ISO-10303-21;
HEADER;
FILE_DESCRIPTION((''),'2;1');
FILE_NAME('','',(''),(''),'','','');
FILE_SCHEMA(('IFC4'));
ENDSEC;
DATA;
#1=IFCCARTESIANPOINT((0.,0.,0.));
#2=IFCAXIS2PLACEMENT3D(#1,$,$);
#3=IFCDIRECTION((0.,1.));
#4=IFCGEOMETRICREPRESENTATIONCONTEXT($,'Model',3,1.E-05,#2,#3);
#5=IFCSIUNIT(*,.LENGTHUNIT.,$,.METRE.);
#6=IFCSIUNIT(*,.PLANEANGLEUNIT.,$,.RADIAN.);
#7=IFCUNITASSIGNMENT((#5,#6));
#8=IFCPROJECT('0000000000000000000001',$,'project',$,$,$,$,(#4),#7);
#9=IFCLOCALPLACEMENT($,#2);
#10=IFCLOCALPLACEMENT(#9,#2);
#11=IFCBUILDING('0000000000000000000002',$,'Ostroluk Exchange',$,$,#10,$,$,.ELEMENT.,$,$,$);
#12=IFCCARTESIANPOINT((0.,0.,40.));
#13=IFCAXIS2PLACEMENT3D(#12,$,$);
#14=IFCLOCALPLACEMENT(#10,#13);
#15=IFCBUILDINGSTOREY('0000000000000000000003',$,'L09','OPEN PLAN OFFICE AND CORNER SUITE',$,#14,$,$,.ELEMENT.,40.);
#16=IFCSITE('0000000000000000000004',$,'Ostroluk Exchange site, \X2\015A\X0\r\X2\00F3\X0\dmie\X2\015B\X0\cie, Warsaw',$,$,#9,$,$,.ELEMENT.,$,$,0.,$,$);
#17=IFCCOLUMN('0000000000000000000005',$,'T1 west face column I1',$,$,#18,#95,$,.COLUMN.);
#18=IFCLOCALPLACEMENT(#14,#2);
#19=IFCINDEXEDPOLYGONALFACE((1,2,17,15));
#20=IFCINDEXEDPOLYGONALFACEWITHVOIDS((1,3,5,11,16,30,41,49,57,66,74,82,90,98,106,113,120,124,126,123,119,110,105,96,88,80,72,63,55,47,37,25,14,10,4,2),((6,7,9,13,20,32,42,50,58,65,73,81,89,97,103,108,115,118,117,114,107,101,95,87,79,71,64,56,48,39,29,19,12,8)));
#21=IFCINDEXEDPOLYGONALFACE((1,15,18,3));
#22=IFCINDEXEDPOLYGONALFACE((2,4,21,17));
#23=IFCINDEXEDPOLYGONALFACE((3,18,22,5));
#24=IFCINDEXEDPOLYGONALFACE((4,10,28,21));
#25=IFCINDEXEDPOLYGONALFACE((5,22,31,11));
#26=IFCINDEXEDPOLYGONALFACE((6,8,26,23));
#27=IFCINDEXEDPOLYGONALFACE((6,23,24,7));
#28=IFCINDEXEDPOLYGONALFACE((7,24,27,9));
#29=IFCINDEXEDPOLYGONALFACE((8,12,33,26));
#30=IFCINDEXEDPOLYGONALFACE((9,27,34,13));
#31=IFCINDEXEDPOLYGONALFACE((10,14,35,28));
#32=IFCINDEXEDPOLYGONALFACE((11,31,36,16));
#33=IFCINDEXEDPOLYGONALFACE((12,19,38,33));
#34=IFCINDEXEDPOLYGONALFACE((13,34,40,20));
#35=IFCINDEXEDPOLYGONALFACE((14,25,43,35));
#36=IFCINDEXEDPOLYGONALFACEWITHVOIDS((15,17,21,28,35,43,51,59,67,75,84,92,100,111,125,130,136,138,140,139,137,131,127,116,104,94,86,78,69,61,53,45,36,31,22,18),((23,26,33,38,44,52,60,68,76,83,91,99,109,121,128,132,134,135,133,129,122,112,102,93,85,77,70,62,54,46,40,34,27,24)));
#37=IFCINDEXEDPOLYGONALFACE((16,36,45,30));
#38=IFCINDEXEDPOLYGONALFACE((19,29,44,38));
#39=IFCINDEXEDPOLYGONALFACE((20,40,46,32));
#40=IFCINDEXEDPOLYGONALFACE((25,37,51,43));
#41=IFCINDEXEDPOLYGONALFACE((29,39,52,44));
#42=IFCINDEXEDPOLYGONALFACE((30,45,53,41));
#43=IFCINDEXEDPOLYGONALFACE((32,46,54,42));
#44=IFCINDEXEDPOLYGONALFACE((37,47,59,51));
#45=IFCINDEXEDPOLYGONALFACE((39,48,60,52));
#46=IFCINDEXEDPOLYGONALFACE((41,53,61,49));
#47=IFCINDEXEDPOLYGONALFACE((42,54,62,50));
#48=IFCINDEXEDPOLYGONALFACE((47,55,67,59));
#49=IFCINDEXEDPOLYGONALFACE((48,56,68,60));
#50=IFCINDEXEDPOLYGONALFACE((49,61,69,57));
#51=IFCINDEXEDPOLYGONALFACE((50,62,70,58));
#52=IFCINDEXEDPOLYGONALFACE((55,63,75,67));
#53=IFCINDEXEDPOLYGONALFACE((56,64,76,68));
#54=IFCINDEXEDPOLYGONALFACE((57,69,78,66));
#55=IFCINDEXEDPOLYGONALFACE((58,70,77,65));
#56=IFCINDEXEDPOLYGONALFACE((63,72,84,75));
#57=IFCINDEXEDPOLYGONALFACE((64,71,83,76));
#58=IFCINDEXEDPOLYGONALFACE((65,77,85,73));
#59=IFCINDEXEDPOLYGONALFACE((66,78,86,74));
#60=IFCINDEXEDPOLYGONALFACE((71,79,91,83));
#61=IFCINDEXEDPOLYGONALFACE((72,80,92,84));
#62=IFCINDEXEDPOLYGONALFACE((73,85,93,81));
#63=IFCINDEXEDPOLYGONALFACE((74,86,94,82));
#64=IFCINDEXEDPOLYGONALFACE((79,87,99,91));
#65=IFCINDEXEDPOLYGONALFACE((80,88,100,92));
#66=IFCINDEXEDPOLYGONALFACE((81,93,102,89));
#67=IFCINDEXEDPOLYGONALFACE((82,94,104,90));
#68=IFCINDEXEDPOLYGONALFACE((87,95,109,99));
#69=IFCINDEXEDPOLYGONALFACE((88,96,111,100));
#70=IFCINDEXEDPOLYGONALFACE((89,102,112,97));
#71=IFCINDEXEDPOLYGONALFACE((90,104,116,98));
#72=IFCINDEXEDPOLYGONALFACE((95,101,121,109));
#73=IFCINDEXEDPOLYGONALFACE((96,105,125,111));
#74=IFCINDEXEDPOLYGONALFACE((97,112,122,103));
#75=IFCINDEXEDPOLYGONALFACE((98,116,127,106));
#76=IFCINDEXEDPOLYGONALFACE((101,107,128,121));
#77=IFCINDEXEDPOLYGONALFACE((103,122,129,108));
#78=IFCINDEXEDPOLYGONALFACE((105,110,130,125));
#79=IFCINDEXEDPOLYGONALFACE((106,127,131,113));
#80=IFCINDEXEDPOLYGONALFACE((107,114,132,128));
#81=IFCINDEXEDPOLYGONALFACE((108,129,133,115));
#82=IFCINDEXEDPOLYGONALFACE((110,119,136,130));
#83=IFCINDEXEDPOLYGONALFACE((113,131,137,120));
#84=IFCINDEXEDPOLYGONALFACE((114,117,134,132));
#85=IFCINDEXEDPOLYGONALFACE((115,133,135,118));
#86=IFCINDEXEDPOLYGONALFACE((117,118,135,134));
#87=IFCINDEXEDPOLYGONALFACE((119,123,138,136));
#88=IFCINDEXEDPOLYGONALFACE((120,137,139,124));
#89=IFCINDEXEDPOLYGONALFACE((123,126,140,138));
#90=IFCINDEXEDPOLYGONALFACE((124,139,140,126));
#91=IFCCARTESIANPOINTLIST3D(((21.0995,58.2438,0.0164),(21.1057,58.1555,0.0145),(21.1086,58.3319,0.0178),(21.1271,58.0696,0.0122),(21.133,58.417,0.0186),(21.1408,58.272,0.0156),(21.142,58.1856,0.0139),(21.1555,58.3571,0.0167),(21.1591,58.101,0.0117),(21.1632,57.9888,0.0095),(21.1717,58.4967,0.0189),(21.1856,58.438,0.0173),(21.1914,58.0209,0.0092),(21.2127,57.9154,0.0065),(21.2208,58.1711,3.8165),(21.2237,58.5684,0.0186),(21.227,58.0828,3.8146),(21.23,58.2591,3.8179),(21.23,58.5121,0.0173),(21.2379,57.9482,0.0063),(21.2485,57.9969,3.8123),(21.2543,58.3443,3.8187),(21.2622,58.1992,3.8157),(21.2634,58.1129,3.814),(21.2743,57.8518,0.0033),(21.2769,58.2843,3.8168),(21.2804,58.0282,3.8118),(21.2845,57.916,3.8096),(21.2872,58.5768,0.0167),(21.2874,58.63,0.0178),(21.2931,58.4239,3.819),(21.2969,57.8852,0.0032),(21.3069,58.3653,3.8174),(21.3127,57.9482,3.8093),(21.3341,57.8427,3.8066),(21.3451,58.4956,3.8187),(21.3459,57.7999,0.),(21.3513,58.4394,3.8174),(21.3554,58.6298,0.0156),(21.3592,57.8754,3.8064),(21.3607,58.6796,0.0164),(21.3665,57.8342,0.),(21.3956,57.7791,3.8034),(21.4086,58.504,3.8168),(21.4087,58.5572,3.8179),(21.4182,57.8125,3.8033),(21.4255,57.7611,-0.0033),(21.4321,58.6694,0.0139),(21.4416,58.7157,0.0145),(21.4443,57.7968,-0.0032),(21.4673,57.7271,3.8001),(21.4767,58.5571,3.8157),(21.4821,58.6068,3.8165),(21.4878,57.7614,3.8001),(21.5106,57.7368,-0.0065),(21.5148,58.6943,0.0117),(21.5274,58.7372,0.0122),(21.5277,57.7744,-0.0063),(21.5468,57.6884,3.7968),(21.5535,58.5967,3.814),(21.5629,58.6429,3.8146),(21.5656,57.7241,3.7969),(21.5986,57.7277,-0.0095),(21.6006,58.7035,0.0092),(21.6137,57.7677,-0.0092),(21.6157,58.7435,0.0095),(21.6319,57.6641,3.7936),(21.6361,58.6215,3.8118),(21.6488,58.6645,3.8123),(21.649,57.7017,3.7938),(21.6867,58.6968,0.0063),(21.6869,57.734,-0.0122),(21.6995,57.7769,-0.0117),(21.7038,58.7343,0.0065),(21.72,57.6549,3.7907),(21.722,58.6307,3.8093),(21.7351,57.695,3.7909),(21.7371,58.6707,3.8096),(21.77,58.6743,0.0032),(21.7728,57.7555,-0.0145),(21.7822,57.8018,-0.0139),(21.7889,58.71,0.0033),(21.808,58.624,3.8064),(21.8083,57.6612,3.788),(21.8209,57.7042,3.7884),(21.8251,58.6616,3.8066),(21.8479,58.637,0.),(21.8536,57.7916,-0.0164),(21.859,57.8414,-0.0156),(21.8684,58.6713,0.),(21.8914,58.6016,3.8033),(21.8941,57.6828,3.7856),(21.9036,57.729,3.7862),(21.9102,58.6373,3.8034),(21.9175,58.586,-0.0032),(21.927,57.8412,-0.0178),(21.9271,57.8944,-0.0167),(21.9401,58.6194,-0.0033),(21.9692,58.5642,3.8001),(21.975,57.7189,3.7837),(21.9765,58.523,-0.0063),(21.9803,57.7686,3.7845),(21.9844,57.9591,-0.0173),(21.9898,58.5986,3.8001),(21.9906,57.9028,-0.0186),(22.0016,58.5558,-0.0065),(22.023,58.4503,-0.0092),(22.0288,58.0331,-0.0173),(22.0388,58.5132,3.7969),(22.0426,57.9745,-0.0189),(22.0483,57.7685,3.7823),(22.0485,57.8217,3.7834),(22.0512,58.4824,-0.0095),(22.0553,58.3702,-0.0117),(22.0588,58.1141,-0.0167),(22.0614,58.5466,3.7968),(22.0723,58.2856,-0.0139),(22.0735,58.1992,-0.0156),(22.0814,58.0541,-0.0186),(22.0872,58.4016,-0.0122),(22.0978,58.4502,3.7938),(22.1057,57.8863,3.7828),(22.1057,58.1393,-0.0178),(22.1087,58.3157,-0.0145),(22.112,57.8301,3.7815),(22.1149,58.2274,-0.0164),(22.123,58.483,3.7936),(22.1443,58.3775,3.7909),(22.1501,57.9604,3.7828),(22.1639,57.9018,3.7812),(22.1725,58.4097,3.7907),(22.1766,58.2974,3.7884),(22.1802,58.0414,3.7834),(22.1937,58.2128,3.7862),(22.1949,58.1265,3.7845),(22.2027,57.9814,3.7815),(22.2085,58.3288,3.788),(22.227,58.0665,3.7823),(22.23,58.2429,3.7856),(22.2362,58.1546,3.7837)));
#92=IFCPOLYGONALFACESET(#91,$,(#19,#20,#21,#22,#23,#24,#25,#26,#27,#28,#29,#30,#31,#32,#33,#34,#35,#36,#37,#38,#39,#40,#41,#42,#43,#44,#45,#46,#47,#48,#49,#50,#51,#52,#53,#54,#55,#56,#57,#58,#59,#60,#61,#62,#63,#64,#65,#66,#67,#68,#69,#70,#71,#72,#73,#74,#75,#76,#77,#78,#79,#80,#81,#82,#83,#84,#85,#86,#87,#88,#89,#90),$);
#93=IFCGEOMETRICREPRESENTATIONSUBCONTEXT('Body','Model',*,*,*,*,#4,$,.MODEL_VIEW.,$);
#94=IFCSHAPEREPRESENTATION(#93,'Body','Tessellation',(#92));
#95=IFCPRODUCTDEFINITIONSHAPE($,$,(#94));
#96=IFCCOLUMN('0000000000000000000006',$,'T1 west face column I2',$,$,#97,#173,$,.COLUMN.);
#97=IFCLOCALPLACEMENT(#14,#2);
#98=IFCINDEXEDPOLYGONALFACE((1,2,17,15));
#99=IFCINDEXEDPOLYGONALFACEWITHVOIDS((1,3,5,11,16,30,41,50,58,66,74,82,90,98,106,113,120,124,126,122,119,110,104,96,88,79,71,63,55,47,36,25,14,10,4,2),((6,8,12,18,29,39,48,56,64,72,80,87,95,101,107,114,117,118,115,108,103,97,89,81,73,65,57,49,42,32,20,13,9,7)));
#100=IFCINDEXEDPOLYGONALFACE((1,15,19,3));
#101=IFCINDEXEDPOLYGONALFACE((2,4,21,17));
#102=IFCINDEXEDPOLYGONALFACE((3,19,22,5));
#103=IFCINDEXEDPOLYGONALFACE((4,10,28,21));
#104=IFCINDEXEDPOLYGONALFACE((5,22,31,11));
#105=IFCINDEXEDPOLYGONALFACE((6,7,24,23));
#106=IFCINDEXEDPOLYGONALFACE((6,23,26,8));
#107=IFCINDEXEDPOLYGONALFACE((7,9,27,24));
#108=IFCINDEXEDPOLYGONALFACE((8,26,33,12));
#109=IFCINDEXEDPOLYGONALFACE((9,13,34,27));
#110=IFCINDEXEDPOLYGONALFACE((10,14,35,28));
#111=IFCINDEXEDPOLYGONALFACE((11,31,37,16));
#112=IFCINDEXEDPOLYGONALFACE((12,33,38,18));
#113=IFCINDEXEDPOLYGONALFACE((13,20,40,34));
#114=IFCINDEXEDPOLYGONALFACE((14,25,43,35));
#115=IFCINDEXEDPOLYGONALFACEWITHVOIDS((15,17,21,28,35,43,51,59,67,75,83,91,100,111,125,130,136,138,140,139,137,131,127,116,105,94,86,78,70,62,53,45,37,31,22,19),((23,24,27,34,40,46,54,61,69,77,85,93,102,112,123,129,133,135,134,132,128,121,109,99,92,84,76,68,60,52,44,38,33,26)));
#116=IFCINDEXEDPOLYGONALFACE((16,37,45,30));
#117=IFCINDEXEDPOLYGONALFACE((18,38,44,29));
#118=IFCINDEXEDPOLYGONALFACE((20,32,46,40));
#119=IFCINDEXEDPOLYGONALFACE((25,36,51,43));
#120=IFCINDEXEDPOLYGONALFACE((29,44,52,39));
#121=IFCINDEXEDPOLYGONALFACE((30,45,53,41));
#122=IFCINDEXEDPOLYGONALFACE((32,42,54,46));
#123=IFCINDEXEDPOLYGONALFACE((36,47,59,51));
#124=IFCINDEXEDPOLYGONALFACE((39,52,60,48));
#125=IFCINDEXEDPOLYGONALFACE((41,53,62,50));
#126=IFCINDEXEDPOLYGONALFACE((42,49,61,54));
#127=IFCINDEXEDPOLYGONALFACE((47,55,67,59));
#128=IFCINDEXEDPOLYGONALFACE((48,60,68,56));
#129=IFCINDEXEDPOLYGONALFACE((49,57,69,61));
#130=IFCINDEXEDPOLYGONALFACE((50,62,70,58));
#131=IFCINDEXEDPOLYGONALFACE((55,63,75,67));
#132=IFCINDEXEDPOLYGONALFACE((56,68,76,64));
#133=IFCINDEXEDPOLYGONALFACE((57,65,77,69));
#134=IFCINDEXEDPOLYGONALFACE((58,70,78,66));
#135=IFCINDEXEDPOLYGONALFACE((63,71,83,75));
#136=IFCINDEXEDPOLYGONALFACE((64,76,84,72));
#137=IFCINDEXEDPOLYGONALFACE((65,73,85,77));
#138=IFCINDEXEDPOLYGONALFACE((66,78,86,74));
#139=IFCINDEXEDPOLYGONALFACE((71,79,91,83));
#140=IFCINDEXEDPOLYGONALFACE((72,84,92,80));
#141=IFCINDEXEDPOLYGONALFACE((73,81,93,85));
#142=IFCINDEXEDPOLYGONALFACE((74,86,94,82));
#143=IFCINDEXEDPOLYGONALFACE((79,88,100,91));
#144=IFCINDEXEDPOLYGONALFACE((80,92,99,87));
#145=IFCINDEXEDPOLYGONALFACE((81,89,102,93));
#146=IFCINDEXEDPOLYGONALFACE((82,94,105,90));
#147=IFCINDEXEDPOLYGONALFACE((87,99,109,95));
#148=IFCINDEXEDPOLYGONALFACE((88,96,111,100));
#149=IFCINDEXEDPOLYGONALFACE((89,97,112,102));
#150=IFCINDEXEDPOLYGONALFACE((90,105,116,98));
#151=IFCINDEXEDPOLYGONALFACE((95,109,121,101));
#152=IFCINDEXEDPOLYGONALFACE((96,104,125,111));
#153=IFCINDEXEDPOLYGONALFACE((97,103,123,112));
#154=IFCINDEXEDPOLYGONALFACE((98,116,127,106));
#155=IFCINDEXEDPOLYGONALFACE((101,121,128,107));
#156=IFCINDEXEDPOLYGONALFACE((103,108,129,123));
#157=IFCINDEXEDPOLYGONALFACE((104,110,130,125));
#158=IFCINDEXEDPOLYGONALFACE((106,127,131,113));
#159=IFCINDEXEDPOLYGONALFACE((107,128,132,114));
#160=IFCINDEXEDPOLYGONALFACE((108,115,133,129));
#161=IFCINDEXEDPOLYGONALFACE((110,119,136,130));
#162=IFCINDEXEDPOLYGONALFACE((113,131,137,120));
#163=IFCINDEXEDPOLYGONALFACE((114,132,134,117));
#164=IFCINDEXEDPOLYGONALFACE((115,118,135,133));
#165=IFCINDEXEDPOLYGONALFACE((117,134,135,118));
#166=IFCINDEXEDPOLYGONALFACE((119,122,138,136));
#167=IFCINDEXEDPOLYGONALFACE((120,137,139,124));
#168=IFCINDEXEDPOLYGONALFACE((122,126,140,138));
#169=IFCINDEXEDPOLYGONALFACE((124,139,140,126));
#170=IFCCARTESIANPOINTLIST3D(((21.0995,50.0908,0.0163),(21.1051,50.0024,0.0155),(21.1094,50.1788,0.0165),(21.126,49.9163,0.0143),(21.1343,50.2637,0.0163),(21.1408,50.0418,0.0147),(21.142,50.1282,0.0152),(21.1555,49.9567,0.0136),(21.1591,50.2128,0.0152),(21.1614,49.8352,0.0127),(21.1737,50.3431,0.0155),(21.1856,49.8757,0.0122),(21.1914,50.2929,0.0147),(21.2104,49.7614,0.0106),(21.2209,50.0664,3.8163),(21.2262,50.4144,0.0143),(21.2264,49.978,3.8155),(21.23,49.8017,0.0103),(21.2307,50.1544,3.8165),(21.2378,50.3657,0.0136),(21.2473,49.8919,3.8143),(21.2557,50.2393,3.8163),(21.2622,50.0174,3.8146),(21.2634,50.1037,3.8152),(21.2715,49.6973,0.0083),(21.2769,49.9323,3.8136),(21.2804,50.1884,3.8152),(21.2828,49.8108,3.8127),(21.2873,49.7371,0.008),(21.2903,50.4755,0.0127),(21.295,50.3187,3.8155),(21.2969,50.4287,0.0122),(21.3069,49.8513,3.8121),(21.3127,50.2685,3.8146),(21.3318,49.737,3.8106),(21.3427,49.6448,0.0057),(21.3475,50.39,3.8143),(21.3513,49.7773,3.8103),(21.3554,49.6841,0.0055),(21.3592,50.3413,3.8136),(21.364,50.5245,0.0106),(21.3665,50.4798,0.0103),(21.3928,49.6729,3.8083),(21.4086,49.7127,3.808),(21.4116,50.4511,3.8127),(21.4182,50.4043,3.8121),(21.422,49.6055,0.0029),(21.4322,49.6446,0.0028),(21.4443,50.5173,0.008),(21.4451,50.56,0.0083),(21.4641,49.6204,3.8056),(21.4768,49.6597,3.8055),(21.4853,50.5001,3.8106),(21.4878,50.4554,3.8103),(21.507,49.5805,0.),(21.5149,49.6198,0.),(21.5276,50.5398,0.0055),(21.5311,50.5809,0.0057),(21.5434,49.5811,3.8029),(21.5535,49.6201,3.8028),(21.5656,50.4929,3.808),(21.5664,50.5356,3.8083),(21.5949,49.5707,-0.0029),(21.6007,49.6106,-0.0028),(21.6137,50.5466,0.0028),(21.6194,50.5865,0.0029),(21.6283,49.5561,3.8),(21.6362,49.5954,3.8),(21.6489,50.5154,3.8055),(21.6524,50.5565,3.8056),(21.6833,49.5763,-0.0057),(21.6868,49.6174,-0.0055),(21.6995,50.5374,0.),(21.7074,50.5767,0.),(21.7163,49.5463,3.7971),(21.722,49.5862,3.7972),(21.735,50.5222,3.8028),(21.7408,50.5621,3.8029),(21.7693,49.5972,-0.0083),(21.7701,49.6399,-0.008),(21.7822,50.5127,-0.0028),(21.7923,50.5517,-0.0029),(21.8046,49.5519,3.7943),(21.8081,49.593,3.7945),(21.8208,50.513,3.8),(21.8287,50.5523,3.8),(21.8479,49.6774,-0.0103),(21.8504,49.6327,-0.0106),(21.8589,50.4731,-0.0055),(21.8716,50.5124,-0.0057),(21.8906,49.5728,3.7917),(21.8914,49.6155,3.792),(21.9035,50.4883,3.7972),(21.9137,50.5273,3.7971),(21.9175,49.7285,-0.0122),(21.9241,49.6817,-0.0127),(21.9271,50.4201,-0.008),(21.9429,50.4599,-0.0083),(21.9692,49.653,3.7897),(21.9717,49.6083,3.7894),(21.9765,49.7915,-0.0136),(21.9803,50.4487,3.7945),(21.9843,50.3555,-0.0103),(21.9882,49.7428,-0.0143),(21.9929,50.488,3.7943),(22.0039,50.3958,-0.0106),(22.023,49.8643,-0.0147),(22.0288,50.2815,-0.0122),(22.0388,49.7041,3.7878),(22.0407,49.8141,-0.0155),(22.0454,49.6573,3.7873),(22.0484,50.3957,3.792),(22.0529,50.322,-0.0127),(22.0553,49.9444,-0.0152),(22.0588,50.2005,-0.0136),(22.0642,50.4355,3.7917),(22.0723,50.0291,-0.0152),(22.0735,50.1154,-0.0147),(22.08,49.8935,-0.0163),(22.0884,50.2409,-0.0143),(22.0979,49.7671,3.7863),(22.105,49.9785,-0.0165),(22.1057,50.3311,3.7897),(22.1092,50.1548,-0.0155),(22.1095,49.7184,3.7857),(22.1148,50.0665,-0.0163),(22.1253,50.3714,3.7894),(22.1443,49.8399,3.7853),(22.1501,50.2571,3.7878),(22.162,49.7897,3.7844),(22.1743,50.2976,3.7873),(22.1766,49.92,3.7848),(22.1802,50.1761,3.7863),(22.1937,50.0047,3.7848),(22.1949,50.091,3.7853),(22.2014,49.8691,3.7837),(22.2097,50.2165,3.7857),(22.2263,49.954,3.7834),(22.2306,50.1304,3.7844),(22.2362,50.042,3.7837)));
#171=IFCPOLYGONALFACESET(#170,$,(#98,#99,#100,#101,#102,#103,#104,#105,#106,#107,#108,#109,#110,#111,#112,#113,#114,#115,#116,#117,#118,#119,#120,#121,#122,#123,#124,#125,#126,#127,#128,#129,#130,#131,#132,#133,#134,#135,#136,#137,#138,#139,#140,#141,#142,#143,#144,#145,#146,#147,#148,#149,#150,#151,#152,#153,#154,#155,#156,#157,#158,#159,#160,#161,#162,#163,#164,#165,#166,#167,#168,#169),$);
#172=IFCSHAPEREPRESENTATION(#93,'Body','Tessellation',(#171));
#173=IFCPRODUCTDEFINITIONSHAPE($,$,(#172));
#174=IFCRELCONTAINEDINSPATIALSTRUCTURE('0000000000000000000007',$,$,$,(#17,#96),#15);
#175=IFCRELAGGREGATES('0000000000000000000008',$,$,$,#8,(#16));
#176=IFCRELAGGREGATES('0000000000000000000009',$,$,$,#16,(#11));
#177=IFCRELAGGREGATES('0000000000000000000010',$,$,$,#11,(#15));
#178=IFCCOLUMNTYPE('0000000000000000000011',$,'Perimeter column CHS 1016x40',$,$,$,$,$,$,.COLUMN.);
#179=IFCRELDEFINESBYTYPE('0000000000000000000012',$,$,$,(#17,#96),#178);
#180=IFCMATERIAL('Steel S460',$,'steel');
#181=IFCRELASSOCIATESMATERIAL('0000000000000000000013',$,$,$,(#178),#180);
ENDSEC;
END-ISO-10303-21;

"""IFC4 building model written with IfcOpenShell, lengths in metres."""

from ifc_helpers import new_model, si_unit, direction, frame, origin, origin_2d, place, context, subcontext, project, spatial, hollow_circle, extrude, material, material_profile, profile_set, type_object, element, save


model = new_model("IFC4")

# Units and contexts
model_context = context("Model", 3, precision=1e-05, world=origin(), true_north=direction((0.0, 1.0)))
body_context = subcontext(model_context, "Body", "Model", "MODEL_VIEW")
ifc_project = project(units=[si_unit("LENGTHUNIT", "METRE"), si_unit("PLANEANGLEUNIT", "RADIAN")], contexts=[model_context])

# Site, building, storey
site_placement = place(None, origin())
site = spatial("IfcSite", under=ifc_project, at=site_placement, Name="Ostroluk Exchange site, Śródmieście, Warsaw", CompositionType="ELEMENT", RefElevation=0.0)
building_placement = place(site_placement, origin())
building = spatial("IfcBuilding", under=site, at=building_placement, Name="Ostroluk Exchange", CompositionType="ELEMENT")
storey_placement = place(building_placement, frame((0.0, 0.0, 40.0)))
storey = spatial("IfcBuildingStorey", under=building, at=storey_placement, Name="L09", Description="OPEN PLAN OFFICE AND CORNER SUITE", CompositionType="ELEMENT", Elevation=40.0)

# Columns
ifc_material_1 = material(Name="Steel S460", Category="steel")
ifc_material_profile_1 = material_profile(ifc_material_1, hollow_circle(Radius=0.5081, WallThickness=0.04, at=origin_2d()), Name="CHS 1016x40")
ifc_profile_set_1 = profile_set([ifc_material_profile_1], Name="Steel S460")
column_type = type_object("IfcColumnType", Name="Perimeter column CHS 1016x40", PredefinedType="COLUMN", material=ifc_profile_set_1)
column_1_placement = place(storey_placement, frame((21.6072, 58.2356, 0.0), z_axis=(0.031909, -0.019132, 0.999308), x_axis=(0.514242, 0.857645, 0.0)))
element("IfcColumn", 1, at=column_1_placement, inside=storey, type_object=column_type, Name="T1 west face column I1", PredefinedType="COLUMN", context=body_context, shape_type="SweptSolid", body=[
    extrude(hollow_circle(Radius=0.5081, WallThickness=0.04, at=origin_2d()), origin(), (0.0, 0.0, 1.0), 3.8027),
])
column_2_placement = place(storey_placement, frame((21.6072, 50.0786, 0.0), z_axis=(0.031914, -0.006421, 0.99947), x_axis=(0.197254, 0.980352, 0.0)))
element("IfcColumn", 2, at=column_2_placement, inside=storey, type_object=column_type, Name="T1 west face column I2", PredefinedType="COLUMN", context=body_context, shape_type="SweptSolid", body=[
    extrude(hollow_circle(Radius=0.5081, WallThickness=0.04, at=origin_2d()), origin(), (0.0, 0.0, 1.0), 3.802),
])

save(model, "model.ifc")
